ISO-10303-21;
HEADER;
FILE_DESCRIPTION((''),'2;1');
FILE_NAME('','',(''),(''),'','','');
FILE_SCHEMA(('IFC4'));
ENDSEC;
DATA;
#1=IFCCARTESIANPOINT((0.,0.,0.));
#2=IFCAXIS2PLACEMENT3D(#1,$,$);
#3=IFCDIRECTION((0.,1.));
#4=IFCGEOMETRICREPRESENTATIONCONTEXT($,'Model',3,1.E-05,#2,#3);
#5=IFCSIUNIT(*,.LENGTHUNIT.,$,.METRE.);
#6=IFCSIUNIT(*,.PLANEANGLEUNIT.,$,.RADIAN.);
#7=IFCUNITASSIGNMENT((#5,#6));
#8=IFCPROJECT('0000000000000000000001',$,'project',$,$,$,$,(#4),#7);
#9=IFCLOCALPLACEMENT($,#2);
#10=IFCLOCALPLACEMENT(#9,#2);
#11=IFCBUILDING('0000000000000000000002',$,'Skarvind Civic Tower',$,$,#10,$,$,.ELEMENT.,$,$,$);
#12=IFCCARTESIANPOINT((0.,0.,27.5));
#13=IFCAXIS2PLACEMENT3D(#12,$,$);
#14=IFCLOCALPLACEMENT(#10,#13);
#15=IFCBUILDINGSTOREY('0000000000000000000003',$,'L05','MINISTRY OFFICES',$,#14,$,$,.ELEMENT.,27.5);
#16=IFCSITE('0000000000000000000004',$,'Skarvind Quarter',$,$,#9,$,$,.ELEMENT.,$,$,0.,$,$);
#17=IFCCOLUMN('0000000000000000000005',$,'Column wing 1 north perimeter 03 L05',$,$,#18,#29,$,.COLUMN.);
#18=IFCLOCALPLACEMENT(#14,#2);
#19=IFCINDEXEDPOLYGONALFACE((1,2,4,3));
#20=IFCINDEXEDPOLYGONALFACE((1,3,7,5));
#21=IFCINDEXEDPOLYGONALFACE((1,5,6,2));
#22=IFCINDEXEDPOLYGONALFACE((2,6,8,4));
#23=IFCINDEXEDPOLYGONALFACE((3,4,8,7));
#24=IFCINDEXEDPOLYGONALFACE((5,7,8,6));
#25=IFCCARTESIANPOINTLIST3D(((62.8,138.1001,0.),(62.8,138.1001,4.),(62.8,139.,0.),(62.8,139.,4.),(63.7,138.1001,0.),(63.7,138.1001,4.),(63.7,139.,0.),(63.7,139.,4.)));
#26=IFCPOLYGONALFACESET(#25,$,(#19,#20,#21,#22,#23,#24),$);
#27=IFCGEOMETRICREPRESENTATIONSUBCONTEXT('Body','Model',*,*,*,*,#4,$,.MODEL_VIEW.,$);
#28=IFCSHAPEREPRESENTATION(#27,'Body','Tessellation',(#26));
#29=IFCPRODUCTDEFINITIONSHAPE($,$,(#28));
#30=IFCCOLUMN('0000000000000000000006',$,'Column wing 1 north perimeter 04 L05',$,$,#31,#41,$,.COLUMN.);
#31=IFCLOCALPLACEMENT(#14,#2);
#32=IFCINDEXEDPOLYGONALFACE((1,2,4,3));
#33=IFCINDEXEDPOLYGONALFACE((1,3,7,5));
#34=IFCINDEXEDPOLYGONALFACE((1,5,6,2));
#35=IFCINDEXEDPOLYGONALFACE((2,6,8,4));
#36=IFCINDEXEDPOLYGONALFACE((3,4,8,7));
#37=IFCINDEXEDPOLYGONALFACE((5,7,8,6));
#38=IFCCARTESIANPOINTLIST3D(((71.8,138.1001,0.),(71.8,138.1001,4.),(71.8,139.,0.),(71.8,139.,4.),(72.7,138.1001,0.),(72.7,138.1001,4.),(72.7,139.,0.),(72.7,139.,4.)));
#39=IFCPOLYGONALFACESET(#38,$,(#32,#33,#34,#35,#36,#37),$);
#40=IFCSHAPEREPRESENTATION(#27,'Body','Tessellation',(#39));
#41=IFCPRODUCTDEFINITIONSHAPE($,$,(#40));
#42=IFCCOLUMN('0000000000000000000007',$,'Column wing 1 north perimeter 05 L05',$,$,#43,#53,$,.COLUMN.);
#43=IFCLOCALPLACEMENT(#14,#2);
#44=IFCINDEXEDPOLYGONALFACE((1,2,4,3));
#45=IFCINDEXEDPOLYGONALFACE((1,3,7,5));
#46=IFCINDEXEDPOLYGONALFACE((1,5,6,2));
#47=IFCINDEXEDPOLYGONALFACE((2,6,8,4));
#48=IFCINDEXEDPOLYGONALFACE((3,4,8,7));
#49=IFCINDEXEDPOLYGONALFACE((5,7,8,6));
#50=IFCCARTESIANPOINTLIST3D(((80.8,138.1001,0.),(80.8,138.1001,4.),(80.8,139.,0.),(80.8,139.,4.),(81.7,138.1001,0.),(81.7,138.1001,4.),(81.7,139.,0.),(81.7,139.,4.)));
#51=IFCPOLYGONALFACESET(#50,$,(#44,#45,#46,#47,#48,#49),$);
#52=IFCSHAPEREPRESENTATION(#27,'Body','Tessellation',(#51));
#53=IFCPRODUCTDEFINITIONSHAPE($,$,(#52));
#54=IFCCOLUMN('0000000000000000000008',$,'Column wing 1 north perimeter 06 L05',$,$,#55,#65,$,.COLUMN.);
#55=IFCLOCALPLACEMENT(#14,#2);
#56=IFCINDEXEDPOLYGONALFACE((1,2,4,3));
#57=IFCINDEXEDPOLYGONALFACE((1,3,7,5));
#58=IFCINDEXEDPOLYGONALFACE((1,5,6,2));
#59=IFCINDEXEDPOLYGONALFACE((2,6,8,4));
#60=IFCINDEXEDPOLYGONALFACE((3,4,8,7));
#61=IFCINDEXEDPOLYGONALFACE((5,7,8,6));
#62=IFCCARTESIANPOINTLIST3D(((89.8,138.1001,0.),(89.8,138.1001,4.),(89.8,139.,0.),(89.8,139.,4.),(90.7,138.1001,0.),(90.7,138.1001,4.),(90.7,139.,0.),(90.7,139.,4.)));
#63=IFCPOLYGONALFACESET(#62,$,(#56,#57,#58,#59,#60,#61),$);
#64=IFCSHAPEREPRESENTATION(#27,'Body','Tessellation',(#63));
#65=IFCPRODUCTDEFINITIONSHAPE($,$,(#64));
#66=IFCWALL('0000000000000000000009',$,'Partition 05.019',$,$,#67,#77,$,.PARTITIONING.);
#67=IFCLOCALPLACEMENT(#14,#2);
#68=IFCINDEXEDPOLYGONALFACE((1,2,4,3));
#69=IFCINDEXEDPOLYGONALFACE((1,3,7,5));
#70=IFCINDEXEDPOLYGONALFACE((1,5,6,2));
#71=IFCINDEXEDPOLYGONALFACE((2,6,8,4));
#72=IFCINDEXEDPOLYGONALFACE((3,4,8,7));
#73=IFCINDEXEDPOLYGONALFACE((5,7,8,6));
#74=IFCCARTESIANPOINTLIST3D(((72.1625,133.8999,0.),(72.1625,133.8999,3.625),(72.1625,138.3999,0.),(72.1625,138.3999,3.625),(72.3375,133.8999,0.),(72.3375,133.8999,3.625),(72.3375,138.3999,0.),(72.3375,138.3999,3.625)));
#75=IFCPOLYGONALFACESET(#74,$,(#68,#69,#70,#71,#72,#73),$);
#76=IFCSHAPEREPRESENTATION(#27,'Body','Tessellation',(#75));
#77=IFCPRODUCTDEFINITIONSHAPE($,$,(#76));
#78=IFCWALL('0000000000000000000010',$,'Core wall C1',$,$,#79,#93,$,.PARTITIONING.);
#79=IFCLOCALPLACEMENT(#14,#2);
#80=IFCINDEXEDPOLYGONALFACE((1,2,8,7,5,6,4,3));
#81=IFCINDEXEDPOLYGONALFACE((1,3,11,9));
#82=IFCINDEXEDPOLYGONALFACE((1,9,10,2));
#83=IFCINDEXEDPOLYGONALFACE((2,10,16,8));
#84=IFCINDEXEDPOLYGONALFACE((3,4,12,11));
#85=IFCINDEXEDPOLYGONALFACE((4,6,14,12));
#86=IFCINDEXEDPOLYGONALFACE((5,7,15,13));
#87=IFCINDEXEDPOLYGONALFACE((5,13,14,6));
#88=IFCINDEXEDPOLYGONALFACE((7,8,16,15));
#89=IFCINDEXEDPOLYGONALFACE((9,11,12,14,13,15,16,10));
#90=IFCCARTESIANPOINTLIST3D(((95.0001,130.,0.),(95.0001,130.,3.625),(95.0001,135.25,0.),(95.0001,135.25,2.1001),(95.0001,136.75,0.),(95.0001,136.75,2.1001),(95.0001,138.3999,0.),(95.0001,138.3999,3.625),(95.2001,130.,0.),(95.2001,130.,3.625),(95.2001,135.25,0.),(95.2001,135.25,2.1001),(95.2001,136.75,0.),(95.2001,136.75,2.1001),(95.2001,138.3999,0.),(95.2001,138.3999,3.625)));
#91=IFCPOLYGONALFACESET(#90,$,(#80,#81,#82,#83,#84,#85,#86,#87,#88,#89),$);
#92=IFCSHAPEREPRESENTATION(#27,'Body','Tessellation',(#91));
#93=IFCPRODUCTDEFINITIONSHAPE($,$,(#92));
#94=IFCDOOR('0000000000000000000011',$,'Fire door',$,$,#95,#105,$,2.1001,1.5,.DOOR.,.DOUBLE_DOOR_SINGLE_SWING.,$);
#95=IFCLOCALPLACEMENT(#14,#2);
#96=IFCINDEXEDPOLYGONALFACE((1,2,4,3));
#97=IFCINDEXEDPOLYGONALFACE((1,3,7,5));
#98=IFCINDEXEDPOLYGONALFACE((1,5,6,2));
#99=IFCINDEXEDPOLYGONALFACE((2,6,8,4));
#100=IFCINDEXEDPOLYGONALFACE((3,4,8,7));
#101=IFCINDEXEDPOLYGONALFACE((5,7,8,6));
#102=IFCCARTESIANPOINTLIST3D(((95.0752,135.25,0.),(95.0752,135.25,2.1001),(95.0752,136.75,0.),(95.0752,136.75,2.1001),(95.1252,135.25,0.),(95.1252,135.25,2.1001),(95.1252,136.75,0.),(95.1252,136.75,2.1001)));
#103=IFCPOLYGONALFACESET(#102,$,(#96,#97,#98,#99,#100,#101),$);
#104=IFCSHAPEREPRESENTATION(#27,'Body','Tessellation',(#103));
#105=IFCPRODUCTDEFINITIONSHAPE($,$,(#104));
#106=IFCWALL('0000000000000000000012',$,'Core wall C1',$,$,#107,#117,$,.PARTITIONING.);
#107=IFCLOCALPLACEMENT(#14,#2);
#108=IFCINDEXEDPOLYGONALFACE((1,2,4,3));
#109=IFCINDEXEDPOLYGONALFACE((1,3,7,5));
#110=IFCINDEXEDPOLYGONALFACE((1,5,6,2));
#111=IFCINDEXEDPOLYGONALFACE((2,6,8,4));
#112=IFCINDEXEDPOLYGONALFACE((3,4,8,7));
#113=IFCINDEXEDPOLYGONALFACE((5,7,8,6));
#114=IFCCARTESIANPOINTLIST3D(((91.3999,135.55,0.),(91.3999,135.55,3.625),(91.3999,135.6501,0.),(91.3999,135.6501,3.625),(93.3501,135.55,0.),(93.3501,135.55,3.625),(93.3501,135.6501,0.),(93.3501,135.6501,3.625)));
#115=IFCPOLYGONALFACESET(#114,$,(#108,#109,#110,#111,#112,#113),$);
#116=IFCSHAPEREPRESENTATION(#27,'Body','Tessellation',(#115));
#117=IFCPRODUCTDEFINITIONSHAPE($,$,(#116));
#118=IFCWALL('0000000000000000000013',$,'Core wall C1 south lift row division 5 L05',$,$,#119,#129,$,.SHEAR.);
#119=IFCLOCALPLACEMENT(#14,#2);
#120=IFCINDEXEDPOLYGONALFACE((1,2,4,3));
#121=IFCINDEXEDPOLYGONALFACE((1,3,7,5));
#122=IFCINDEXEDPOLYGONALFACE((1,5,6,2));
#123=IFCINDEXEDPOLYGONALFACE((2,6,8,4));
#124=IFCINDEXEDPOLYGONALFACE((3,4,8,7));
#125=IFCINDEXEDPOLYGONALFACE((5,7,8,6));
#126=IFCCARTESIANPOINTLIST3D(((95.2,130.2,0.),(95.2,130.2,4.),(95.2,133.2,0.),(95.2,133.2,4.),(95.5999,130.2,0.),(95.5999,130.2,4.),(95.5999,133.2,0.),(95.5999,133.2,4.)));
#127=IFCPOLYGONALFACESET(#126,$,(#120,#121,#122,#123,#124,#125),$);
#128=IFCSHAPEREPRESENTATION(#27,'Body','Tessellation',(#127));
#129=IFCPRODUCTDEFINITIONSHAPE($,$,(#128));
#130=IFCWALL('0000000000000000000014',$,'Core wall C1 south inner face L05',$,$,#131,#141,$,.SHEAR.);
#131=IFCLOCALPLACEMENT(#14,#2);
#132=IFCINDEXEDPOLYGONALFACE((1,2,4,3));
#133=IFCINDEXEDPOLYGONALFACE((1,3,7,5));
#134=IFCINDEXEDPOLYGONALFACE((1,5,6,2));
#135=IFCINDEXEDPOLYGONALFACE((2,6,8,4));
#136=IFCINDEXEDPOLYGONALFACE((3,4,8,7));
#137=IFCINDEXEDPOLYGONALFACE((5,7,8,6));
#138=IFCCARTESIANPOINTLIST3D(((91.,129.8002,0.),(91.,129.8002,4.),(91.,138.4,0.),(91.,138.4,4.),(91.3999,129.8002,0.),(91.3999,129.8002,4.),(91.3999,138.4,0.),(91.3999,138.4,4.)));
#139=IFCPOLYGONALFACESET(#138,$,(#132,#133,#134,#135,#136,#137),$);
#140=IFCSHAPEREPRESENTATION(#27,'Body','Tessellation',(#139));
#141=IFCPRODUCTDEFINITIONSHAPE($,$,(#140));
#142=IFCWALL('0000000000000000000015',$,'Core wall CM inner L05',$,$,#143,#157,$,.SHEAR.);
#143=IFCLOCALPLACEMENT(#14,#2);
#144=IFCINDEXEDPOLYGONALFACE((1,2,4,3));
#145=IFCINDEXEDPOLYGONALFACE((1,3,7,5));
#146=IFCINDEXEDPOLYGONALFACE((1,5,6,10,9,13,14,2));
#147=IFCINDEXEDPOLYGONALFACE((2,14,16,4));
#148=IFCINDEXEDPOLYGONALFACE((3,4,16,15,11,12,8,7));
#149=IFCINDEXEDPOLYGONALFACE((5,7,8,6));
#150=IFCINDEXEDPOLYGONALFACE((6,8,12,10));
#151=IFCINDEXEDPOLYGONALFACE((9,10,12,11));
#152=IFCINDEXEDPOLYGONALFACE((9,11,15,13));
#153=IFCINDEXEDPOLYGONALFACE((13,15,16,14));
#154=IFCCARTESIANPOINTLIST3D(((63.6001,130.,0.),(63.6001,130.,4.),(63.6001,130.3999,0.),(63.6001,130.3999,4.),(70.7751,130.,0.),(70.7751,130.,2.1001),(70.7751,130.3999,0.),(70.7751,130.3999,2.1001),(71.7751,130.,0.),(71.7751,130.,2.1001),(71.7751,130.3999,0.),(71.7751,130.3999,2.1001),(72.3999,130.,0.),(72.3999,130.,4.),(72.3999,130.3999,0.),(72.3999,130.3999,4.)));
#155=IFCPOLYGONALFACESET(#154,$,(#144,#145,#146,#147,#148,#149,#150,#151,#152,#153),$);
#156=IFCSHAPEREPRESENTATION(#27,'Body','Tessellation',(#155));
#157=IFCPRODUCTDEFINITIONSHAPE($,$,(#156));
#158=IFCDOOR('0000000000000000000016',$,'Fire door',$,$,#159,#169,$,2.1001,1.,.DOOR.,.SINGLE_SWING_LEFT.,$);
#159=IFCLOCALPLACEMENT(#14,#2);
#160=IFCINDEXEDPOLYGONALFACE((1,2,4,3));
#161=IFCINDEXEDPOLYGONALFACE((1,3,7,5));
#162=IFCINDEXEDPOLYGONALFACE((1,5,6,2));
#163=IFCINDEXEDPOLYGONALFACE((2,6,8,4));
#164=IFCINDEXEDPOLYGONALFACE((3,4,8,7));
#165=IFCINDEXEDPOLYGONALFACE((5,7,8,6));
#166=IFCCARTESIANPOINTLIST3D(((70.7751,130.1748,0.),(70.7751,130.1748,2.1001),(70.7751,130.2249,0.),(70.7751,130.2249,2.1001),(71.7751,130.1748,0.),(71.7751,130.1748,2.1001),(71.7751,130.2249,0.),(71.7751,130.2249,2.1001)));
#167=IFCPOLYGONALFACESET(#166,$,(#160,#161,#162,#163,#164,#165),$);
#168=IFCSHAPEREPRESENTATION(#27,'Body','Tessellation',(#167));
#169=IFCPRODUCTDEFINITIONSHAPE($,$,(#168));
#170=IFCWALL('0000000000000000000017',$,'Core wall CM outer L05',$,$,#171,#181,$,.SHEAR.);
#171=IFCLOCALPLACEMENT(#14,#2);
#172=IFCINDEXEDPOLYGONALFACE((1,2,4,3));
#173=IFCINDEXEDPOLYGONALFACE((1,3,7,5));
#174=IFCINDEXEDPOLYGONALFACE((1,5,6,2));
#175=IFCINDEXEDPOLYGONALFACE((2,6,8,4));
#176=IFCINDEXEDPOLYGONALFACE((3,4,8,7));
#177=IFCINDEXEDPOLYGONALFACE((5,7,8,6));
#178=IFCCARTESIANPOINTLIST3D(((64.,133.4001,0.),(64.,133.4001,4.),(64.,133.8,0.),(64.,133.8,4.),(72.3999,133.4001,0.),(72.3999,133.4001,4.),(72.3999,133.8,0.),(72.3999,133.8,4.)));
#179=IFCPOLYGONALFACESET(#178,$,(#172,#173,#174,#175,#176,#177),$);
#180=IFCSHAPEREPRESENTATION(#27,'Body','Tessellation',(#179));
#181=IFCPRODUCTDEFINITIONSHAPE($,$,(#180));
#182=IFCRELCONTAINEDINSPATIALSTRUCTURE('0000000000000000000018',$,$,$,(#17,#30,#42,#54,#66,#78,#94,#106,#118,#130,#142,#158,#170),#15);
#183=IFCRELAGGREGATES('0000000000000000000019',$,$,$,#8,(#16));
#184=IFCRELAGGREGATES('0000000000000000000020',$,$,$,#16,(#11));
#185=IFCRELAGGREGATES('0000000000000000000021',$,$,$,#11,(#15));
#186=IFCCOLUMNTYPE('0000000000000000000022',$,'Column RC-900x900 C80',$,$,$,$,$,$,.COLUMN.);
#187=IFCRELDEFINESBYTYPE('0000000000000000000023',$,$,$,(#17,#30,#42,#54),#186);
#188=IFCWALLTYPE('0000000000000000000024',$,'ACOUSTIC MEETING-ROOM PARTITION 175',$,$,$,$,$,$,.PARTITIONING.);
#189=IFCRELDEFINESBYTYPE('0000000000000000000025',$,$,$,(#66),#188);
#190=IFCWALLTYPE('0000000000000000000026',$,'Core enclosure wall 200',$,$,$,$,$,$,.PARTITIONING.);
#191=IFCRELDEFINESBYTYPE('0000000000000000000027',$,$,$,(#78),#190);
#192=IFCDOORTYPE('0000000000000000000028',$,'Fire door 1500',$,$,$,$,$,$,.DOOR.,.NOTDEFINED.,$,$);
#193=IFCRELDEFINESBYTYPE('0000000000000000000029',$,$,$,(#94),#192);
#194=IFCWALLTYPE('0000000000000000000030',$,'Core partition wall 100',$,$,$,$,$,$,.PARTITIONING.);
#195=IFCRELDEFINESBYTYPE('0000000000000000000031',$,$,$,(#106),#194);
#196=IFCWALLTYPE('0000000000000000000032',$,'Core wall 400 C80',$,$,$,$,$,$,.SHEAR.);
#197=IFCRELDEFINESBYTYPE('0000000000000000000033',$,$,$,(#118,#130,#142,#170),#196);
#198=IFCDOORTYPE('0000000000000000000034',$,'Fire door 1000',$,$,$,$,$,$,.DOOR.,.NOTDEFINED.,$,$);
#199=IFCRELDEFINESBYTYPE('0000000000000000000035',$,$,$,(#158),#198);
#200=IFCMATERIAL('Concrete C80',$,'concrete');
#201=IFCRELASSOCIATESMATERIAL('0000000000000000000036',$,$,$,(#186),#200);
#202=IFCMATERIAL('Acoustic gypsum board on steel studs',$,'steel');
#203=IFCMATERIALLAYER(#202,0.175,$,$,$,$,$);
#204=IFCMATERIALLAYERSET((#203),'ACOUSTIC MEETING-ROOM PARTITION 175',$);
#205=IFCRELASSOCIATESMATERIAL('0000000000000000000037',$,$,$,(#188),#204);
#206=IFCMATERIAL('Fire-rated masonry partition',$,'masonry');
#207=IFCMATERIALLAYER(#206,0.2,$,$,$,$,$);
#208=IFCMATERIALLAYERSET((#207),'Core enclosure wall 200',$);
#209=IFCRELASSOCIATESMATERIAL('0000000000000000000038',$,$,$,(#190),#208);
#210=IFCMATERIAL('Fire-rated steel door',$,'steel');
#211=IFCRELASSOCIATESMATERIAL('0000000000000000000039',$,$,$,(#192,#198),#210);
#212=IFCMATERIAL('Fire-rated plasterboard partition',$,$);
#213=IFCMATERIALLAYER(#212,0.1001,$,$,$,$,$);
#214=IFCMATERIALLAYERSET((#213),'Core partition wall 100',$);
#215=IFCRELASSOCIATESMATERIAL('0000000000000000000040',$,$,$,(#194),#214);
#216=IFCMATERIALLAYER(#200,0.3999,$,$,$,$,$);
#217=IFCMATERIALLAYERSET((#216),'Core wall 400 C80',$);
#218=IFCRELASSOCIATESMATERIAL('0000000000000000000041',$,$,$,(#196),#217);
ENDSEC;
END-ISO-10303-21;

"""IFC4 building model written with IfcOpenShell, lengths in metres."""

from ifc_helpers import new_model, si_unit, direction, frame, frame_2d, origin, origin_2d, place, context, subcontext, project, spatial, rectangle, extrude, material, layer, layer_set, material_profile, profile_set, type_object, element, fill, save


model = new_model("IFC4")

# Units and contexts
model_context = context("Model", 3, precision=1e-05, world=origin(), true_north=direction((0.0, 1.0)))
body_context = subcontext(model_context, "Body", "Model", "MODEL_VIEW")
ifc_project = project(units=[si_unit("LENGTHUNIT", "METRE"), si_unit("PLANEANGLEUNIT", "RADIAN")], contexts=[model_context])

# Site, building, storey
site_placement = place(None, origin())
site = spatial("IfcSite", under=ifc_project, at=site_placement, Name="Skarvind Quarter", CompositionType="ELEMENT", RefElevation=0.0)
building_placement = place(site_placement, origin())
building = spatial("IfcBuilding", under=site, at=building_placement, Name="Skarvind Civic Tower", CompositionType="ELEMENT")
storey_placement = place(building_placement, frame((0.0, 0.0, 27.5)))
storey = spatial("IfcBuildingStorey", under=building, at=storey_placement, Name="L05", Description="MINISTRY OFFICES", CompositionType="ELEMENT", Elevation=27.5)

# Columns
ifc_material_1 = material(Name="Concrete C80", Category="concrete")
ifc_material_profile_1 = material_profile(ifc_material_1, rectangle(XDim=0.8999, YDim=0.8999, at=origin_2d()), Name="RC-900x900")
ifc_profile_set_1 = profile_set([ifc_material_profile_1], Name="Concrete C80")
column_type = type_object("IfcColumnType", Name="Column RC-900x900 C80", PredefinedType="COLUMN", material=ifc_profile_set_1)
for number, where, z_axis, x_axis, name in (
    (1, (63.25, 138.55, 0.0), (0.0, 0.0, 1.0), (1.0, 0.0, 0.0), "Column wing 1 north perimeter 03 L05"),
    (2, (72.25, 138.55, 0.0), (0.0, 0.0, 1.0), (1.0, 0.0, 0.0), "Column wing 1 north perimeter 04 L05"),
    (3, (81.25, 138.55, 0.0), (0.0, 0.0, 1.0), (1.0, 0.0, 0.0), "Column wing 1 north perimeter 05 L05"),
    (4, (90.25, 138.55, 0.0), (0.0, 0.0, 1.0), (1.0, 0.0, 0.0), "Column wing 1 north perimeter 06 L05"),
):
    element("IfcColumn", number, at=place(storey_placement, frame(where, z_axis=z_axis, x_axis=x_axis)), inside=storey, type_object=column_type, Name=name, PredefinedType="COLUMN", context=body_context, shape_type="SweptSolid", body=[
        extrude(rectangle(XDim=0.8999, YDim=0.8999, at=origin_2d()), origin(), (0.0, 0.0, 1.0), 4.0),
    ])

# Wall
ifc_material_2 = material(Name="Acoustic gypsum board on steel studs", Category="steel")
ifc_layer_1 = layer(ifc_material_2, 0.175)
ifc_layer_set_1 = layer_set([ifc_layer_1], Name="ACOUSTIC MEETING-ROOM PARTITION 175")
wall_type_1 = type_object("IfcWallType", Name="ACOUSTIC MEETING-ROOM PARTITION 175", PredefinedType="PARTITIONING", material=ifc_layer_set_1)
wall_1_placement = place(storey_placement, frame((72.25, 133.8999, 0.0), z_axis=(0.0, 0.0, 1.0), x_axis=(0.0, 1.0, 0.0)))
element("IfcWall", 5, at=wall_1_placement, inside=storey, type_object=wall_type_1, Name="Partition 05.019", PredefinedType="PARTITIONING", context=body_context, shape_type="SweptSolid", body=[
    extrude(rectangle(XDim=4.5, YDim=0.175, at=frame_2d((2.25, 0.0))), origin(), (0.0, 0.0, 1.0), 3.625),
])

# Wall, opening, door
ifc_material_3 = material(Name="Fire-rated masonry partition", Category="masonry")
ifc_layer_2 = layer(ifc_material_3, 0.2)
ifc_layer_set_2 = layer_set([ifc_layer_2], Name="Core enclosure wall 200")
wall_type_2 = type_object("IfcWallType", Name="Core enclosure wall 200", PredefinedType="PARTITIONING", material=ifc_layer_set_2)
wall_2_placement = place(storey_placement, frame((95.1001, 130.0, 0.0), z_axis=(0.0, 0.0, 1.0), x_axis=(0.0, 1.0, 0.0)))
wall_2 = element("IfcWall", 6, at=wall_2_placement, inside=storey, type_object=wall_type_2, Name="Core wall C1", PredefinedType="PARTITIONING", context=body_context, shape_type="SweptSolid", body=[
    extrude(rectangle(XDim=8.3999, YDim=0.2, at=frame_2d((4.2, 0.0))), origin(), (0.0, 0.0, 1.0), 3.625),
])
opening_1_placement = place(wall_2_placement, frame((5.25, 0.0, 0.0)))
opening_1 = element("IfcOpeningElement", 7, at=opening_1_placement, cuts=wall_2, PredefinedType="OPENING", context=body_context, shape_type="SweptSolid", body=[
    extrude(rectangle(XDim=1.5, YDim=2.1001, at=frame_2d((0.75, 1.05))), frame((0.0, 0.1099, 0.0), z_axis=(0.0, -1.0, 0.0), x_axis=(1.0, 0.0, 0.0)), (0.0, 0.0, 1.0), 0.22),
])
ifc_material_4 = material(Name="Fire-rated steel door", Category="steel")
door_type_1 = type_object("IfcDoorType", Name="Fire door 1500", OperationType="NOTDEFINED", PredefinedType="DOOR", material=ifc_material_4)
door_1_placement = place(opening_1_placement, origin())
door_1 = element("IfcDoor", 8, at=door_1_placement, inside=storey, type_object=door_type_1, Name="Fire door", OperationType="DOUBLE_DOOR_SINGLE_SWING", OverallHeight=2.1001, OverallWidth=1.5, PredefinedType="DOOR", context=body_context, shape_type="SweptSolid", body=[
    extrude(rectangle(XDim=1.5, YDim=2.1001, at=frame_2d((0.75, 1.05))), frame((0.0, 0.0249, 0.0), z_axis=(0.0, -1.0, 0.0), x_axis=(1.0, 0.0, 0.0)), (0.0, 0.0, 1.0), 0.05),
])
fill(opening_1, door_1)

# Walls
ifc_material_5 = material(Name="Fire-rated plasterboard partition")
ifc_layer_3 = layer(ifc_material_5, 0.1001)
ifc_layer_set_3 = layer_set([ifc_layer_3], Name="Core partition wall 100")
wall_type_3 = type_object("IfcWallType", Name="Core partition wall 100", PredefinedType="PARTITIONING", material=ifc_layer_set_3)
wall_3_placement = place(storey_placement, frame((91.3999, 135.6001, 0.0), z_axis=(0.0, 0.0, 1.0), x_axis=(1.0, 0.0, 0.0)))
element("IfcWall", 9, at=wall_3_placement, inside=storey, type_object=wall_type_3, Name="Core wall C1", PredefinedType="PARTITIONING", context=body_context, shape_type="SweptSolid", body=[
    extrude(rectangle(XDim=1.9502, YDim=0.1001, at=frame_2d((0.9751, 0.0))), origin(), (0.0, 0.0, 1.0), 3.625),
])
ifc_layer_4 = layer(ifc_material_1, 0.3999)
ifc_layer_set_4 = layer_set([ifc_layer_4], Name="Core wall 400 C80")
wall_type_4 = type_object("IfcWallType", Name="Core wall 400 C80", PredefinedType="SHEAR", material=ifc_layer_set_4)
wall_4_placement = place(storey_placement, frame((95.3999, 133.2, 0.0), z_axis=(0.0, 0.0, 1.0), x_axis=(0.0, -1.0, 0.0)))
element("IfcWall", 10, at=wall_4_placement, inside=storey, type_object=wall_type_4, Name="Core wall C1 south lift row division 5 L05", PredefinedType="SHEAR", context=body_context, shape_type="SweptSolid", body=[
    extrude(rectangle(XDim=3.0, YDim=0.3999, at=frame_2d((1.5, 0.0))), origin(), (0.0, 0.0, 1.0), 4.0),
])
wall_5_placement = place(storey_placement, frame((91.2, 138.3999, 0.0), z_axis=(0.0, 0.0, 1.0), x_axis=(0.0, -1.0, 0.0)))
element("IfcWall", 11, at=wall_5_placement, inside=storey, type_object=wall_type_4, Name="Core wall C1 south inner face L05", PredefinedType="SHEAR", context=body_context, shape_type="SweptSolid", body=[
    extrude(rectangle(XDim=8.5999, YDim=0.3999, at=frame_2d((4.2998, 0.0))), origin(), (0.0, 0.0, 1.0), 4.0),
])

# Wall, opening, door
wall_6_placement = place(storey_placement, frame((63.6001, 130.2, 0.0), z_axis=(0.0, 0.0, 1.0), x_axis=(1.0, 0.0, 0.0)))
wall_6 = element("IfcWall", 12, at=wall_6_placement, inside=storey, type_object=wall_type_4, Name="Core wall CM inner L05", PredefinedType="SHEAR", context=body_context, shape_type="SweptSolid", body=[
    extrude(rectangle(XDim=8.7998, YDim=0.3999, at=frame_2d((4.3999, 0.0))), origin(), (0.0, 0.0, 1.0), 4.0),
])
opening_2_placement = place(wall_6_placement, frame((7.175, 0.0, 0.0)))
opening_2 = element("IfcOpeningElement", 13, at=opening_2_placement, cuts=wall_6, PredefinedType="OPENING", context=body_context, shape_type="SweptSolid", body=[
    extrude(rectangle(XDim=1.0, YDim=2.1001, at=frame_2d((0.5, 1.05))), frame((0.0, 0.21, 0.0), z_axis=(0.0, -1.0, 0.0), x_axis=(1.0, 0.0, 0.0)), (0.0, 0.0, 1.0), 0.4199),
])
door_type_2 = type_object("IfcDoorType", Name="Fire door 1000", OperationType="NOTDEFINED", PredefinedType="DOOR", material=ifc_material_4)
door_2_placement = place(opening_2_placement, origin())
door_2 = element("IfcDoor", 14, at=door_2_placement, inside=storey, type_object=door_type_2, Name="Fire door", OperationType="SINGLE_SWING_LEFT", OverallHeight=2.1001, OverallWidth=1.0, PredefinedType="DOOR", context=body_context, shape_type="SweptSolid", body=[
    extrude(rectangle(XDim=1.0, YDim=2.1001, at=frame_2d((0.5, 1.05))), frame((0.0, 0.0249, 0.0), z_axis=(0.0, -1.0, 0.0), x_axis=(1.0, 0.0, 0.0)), (0.0, 0.0, 1.0), 0.05),
])
fill(opening_2, door_2)

# Wall
wall_7_placement = place(storey_placement, frame((64.0, 133.6001, 0.0), z_axis=(0.0, 0.0, 1.0), x_axis=(1.0, 0.0, 0.0)))
element("IfcWall", 15, at=wall_7_placement, inside=storey, type_object=wall_type_4, Name="Core wall CM outer L05", PredefinedType="SHEAR", context=body_context, shape_type="SweptSolid", body=[
    extrude(rectangle(XDim=8.3999, YDim=0.3999, at=frame_2d((4.2, 0.0))), origin(), (0.0, 0.0, 1.0), 4.0),
])

save(model, "model.ifc")
